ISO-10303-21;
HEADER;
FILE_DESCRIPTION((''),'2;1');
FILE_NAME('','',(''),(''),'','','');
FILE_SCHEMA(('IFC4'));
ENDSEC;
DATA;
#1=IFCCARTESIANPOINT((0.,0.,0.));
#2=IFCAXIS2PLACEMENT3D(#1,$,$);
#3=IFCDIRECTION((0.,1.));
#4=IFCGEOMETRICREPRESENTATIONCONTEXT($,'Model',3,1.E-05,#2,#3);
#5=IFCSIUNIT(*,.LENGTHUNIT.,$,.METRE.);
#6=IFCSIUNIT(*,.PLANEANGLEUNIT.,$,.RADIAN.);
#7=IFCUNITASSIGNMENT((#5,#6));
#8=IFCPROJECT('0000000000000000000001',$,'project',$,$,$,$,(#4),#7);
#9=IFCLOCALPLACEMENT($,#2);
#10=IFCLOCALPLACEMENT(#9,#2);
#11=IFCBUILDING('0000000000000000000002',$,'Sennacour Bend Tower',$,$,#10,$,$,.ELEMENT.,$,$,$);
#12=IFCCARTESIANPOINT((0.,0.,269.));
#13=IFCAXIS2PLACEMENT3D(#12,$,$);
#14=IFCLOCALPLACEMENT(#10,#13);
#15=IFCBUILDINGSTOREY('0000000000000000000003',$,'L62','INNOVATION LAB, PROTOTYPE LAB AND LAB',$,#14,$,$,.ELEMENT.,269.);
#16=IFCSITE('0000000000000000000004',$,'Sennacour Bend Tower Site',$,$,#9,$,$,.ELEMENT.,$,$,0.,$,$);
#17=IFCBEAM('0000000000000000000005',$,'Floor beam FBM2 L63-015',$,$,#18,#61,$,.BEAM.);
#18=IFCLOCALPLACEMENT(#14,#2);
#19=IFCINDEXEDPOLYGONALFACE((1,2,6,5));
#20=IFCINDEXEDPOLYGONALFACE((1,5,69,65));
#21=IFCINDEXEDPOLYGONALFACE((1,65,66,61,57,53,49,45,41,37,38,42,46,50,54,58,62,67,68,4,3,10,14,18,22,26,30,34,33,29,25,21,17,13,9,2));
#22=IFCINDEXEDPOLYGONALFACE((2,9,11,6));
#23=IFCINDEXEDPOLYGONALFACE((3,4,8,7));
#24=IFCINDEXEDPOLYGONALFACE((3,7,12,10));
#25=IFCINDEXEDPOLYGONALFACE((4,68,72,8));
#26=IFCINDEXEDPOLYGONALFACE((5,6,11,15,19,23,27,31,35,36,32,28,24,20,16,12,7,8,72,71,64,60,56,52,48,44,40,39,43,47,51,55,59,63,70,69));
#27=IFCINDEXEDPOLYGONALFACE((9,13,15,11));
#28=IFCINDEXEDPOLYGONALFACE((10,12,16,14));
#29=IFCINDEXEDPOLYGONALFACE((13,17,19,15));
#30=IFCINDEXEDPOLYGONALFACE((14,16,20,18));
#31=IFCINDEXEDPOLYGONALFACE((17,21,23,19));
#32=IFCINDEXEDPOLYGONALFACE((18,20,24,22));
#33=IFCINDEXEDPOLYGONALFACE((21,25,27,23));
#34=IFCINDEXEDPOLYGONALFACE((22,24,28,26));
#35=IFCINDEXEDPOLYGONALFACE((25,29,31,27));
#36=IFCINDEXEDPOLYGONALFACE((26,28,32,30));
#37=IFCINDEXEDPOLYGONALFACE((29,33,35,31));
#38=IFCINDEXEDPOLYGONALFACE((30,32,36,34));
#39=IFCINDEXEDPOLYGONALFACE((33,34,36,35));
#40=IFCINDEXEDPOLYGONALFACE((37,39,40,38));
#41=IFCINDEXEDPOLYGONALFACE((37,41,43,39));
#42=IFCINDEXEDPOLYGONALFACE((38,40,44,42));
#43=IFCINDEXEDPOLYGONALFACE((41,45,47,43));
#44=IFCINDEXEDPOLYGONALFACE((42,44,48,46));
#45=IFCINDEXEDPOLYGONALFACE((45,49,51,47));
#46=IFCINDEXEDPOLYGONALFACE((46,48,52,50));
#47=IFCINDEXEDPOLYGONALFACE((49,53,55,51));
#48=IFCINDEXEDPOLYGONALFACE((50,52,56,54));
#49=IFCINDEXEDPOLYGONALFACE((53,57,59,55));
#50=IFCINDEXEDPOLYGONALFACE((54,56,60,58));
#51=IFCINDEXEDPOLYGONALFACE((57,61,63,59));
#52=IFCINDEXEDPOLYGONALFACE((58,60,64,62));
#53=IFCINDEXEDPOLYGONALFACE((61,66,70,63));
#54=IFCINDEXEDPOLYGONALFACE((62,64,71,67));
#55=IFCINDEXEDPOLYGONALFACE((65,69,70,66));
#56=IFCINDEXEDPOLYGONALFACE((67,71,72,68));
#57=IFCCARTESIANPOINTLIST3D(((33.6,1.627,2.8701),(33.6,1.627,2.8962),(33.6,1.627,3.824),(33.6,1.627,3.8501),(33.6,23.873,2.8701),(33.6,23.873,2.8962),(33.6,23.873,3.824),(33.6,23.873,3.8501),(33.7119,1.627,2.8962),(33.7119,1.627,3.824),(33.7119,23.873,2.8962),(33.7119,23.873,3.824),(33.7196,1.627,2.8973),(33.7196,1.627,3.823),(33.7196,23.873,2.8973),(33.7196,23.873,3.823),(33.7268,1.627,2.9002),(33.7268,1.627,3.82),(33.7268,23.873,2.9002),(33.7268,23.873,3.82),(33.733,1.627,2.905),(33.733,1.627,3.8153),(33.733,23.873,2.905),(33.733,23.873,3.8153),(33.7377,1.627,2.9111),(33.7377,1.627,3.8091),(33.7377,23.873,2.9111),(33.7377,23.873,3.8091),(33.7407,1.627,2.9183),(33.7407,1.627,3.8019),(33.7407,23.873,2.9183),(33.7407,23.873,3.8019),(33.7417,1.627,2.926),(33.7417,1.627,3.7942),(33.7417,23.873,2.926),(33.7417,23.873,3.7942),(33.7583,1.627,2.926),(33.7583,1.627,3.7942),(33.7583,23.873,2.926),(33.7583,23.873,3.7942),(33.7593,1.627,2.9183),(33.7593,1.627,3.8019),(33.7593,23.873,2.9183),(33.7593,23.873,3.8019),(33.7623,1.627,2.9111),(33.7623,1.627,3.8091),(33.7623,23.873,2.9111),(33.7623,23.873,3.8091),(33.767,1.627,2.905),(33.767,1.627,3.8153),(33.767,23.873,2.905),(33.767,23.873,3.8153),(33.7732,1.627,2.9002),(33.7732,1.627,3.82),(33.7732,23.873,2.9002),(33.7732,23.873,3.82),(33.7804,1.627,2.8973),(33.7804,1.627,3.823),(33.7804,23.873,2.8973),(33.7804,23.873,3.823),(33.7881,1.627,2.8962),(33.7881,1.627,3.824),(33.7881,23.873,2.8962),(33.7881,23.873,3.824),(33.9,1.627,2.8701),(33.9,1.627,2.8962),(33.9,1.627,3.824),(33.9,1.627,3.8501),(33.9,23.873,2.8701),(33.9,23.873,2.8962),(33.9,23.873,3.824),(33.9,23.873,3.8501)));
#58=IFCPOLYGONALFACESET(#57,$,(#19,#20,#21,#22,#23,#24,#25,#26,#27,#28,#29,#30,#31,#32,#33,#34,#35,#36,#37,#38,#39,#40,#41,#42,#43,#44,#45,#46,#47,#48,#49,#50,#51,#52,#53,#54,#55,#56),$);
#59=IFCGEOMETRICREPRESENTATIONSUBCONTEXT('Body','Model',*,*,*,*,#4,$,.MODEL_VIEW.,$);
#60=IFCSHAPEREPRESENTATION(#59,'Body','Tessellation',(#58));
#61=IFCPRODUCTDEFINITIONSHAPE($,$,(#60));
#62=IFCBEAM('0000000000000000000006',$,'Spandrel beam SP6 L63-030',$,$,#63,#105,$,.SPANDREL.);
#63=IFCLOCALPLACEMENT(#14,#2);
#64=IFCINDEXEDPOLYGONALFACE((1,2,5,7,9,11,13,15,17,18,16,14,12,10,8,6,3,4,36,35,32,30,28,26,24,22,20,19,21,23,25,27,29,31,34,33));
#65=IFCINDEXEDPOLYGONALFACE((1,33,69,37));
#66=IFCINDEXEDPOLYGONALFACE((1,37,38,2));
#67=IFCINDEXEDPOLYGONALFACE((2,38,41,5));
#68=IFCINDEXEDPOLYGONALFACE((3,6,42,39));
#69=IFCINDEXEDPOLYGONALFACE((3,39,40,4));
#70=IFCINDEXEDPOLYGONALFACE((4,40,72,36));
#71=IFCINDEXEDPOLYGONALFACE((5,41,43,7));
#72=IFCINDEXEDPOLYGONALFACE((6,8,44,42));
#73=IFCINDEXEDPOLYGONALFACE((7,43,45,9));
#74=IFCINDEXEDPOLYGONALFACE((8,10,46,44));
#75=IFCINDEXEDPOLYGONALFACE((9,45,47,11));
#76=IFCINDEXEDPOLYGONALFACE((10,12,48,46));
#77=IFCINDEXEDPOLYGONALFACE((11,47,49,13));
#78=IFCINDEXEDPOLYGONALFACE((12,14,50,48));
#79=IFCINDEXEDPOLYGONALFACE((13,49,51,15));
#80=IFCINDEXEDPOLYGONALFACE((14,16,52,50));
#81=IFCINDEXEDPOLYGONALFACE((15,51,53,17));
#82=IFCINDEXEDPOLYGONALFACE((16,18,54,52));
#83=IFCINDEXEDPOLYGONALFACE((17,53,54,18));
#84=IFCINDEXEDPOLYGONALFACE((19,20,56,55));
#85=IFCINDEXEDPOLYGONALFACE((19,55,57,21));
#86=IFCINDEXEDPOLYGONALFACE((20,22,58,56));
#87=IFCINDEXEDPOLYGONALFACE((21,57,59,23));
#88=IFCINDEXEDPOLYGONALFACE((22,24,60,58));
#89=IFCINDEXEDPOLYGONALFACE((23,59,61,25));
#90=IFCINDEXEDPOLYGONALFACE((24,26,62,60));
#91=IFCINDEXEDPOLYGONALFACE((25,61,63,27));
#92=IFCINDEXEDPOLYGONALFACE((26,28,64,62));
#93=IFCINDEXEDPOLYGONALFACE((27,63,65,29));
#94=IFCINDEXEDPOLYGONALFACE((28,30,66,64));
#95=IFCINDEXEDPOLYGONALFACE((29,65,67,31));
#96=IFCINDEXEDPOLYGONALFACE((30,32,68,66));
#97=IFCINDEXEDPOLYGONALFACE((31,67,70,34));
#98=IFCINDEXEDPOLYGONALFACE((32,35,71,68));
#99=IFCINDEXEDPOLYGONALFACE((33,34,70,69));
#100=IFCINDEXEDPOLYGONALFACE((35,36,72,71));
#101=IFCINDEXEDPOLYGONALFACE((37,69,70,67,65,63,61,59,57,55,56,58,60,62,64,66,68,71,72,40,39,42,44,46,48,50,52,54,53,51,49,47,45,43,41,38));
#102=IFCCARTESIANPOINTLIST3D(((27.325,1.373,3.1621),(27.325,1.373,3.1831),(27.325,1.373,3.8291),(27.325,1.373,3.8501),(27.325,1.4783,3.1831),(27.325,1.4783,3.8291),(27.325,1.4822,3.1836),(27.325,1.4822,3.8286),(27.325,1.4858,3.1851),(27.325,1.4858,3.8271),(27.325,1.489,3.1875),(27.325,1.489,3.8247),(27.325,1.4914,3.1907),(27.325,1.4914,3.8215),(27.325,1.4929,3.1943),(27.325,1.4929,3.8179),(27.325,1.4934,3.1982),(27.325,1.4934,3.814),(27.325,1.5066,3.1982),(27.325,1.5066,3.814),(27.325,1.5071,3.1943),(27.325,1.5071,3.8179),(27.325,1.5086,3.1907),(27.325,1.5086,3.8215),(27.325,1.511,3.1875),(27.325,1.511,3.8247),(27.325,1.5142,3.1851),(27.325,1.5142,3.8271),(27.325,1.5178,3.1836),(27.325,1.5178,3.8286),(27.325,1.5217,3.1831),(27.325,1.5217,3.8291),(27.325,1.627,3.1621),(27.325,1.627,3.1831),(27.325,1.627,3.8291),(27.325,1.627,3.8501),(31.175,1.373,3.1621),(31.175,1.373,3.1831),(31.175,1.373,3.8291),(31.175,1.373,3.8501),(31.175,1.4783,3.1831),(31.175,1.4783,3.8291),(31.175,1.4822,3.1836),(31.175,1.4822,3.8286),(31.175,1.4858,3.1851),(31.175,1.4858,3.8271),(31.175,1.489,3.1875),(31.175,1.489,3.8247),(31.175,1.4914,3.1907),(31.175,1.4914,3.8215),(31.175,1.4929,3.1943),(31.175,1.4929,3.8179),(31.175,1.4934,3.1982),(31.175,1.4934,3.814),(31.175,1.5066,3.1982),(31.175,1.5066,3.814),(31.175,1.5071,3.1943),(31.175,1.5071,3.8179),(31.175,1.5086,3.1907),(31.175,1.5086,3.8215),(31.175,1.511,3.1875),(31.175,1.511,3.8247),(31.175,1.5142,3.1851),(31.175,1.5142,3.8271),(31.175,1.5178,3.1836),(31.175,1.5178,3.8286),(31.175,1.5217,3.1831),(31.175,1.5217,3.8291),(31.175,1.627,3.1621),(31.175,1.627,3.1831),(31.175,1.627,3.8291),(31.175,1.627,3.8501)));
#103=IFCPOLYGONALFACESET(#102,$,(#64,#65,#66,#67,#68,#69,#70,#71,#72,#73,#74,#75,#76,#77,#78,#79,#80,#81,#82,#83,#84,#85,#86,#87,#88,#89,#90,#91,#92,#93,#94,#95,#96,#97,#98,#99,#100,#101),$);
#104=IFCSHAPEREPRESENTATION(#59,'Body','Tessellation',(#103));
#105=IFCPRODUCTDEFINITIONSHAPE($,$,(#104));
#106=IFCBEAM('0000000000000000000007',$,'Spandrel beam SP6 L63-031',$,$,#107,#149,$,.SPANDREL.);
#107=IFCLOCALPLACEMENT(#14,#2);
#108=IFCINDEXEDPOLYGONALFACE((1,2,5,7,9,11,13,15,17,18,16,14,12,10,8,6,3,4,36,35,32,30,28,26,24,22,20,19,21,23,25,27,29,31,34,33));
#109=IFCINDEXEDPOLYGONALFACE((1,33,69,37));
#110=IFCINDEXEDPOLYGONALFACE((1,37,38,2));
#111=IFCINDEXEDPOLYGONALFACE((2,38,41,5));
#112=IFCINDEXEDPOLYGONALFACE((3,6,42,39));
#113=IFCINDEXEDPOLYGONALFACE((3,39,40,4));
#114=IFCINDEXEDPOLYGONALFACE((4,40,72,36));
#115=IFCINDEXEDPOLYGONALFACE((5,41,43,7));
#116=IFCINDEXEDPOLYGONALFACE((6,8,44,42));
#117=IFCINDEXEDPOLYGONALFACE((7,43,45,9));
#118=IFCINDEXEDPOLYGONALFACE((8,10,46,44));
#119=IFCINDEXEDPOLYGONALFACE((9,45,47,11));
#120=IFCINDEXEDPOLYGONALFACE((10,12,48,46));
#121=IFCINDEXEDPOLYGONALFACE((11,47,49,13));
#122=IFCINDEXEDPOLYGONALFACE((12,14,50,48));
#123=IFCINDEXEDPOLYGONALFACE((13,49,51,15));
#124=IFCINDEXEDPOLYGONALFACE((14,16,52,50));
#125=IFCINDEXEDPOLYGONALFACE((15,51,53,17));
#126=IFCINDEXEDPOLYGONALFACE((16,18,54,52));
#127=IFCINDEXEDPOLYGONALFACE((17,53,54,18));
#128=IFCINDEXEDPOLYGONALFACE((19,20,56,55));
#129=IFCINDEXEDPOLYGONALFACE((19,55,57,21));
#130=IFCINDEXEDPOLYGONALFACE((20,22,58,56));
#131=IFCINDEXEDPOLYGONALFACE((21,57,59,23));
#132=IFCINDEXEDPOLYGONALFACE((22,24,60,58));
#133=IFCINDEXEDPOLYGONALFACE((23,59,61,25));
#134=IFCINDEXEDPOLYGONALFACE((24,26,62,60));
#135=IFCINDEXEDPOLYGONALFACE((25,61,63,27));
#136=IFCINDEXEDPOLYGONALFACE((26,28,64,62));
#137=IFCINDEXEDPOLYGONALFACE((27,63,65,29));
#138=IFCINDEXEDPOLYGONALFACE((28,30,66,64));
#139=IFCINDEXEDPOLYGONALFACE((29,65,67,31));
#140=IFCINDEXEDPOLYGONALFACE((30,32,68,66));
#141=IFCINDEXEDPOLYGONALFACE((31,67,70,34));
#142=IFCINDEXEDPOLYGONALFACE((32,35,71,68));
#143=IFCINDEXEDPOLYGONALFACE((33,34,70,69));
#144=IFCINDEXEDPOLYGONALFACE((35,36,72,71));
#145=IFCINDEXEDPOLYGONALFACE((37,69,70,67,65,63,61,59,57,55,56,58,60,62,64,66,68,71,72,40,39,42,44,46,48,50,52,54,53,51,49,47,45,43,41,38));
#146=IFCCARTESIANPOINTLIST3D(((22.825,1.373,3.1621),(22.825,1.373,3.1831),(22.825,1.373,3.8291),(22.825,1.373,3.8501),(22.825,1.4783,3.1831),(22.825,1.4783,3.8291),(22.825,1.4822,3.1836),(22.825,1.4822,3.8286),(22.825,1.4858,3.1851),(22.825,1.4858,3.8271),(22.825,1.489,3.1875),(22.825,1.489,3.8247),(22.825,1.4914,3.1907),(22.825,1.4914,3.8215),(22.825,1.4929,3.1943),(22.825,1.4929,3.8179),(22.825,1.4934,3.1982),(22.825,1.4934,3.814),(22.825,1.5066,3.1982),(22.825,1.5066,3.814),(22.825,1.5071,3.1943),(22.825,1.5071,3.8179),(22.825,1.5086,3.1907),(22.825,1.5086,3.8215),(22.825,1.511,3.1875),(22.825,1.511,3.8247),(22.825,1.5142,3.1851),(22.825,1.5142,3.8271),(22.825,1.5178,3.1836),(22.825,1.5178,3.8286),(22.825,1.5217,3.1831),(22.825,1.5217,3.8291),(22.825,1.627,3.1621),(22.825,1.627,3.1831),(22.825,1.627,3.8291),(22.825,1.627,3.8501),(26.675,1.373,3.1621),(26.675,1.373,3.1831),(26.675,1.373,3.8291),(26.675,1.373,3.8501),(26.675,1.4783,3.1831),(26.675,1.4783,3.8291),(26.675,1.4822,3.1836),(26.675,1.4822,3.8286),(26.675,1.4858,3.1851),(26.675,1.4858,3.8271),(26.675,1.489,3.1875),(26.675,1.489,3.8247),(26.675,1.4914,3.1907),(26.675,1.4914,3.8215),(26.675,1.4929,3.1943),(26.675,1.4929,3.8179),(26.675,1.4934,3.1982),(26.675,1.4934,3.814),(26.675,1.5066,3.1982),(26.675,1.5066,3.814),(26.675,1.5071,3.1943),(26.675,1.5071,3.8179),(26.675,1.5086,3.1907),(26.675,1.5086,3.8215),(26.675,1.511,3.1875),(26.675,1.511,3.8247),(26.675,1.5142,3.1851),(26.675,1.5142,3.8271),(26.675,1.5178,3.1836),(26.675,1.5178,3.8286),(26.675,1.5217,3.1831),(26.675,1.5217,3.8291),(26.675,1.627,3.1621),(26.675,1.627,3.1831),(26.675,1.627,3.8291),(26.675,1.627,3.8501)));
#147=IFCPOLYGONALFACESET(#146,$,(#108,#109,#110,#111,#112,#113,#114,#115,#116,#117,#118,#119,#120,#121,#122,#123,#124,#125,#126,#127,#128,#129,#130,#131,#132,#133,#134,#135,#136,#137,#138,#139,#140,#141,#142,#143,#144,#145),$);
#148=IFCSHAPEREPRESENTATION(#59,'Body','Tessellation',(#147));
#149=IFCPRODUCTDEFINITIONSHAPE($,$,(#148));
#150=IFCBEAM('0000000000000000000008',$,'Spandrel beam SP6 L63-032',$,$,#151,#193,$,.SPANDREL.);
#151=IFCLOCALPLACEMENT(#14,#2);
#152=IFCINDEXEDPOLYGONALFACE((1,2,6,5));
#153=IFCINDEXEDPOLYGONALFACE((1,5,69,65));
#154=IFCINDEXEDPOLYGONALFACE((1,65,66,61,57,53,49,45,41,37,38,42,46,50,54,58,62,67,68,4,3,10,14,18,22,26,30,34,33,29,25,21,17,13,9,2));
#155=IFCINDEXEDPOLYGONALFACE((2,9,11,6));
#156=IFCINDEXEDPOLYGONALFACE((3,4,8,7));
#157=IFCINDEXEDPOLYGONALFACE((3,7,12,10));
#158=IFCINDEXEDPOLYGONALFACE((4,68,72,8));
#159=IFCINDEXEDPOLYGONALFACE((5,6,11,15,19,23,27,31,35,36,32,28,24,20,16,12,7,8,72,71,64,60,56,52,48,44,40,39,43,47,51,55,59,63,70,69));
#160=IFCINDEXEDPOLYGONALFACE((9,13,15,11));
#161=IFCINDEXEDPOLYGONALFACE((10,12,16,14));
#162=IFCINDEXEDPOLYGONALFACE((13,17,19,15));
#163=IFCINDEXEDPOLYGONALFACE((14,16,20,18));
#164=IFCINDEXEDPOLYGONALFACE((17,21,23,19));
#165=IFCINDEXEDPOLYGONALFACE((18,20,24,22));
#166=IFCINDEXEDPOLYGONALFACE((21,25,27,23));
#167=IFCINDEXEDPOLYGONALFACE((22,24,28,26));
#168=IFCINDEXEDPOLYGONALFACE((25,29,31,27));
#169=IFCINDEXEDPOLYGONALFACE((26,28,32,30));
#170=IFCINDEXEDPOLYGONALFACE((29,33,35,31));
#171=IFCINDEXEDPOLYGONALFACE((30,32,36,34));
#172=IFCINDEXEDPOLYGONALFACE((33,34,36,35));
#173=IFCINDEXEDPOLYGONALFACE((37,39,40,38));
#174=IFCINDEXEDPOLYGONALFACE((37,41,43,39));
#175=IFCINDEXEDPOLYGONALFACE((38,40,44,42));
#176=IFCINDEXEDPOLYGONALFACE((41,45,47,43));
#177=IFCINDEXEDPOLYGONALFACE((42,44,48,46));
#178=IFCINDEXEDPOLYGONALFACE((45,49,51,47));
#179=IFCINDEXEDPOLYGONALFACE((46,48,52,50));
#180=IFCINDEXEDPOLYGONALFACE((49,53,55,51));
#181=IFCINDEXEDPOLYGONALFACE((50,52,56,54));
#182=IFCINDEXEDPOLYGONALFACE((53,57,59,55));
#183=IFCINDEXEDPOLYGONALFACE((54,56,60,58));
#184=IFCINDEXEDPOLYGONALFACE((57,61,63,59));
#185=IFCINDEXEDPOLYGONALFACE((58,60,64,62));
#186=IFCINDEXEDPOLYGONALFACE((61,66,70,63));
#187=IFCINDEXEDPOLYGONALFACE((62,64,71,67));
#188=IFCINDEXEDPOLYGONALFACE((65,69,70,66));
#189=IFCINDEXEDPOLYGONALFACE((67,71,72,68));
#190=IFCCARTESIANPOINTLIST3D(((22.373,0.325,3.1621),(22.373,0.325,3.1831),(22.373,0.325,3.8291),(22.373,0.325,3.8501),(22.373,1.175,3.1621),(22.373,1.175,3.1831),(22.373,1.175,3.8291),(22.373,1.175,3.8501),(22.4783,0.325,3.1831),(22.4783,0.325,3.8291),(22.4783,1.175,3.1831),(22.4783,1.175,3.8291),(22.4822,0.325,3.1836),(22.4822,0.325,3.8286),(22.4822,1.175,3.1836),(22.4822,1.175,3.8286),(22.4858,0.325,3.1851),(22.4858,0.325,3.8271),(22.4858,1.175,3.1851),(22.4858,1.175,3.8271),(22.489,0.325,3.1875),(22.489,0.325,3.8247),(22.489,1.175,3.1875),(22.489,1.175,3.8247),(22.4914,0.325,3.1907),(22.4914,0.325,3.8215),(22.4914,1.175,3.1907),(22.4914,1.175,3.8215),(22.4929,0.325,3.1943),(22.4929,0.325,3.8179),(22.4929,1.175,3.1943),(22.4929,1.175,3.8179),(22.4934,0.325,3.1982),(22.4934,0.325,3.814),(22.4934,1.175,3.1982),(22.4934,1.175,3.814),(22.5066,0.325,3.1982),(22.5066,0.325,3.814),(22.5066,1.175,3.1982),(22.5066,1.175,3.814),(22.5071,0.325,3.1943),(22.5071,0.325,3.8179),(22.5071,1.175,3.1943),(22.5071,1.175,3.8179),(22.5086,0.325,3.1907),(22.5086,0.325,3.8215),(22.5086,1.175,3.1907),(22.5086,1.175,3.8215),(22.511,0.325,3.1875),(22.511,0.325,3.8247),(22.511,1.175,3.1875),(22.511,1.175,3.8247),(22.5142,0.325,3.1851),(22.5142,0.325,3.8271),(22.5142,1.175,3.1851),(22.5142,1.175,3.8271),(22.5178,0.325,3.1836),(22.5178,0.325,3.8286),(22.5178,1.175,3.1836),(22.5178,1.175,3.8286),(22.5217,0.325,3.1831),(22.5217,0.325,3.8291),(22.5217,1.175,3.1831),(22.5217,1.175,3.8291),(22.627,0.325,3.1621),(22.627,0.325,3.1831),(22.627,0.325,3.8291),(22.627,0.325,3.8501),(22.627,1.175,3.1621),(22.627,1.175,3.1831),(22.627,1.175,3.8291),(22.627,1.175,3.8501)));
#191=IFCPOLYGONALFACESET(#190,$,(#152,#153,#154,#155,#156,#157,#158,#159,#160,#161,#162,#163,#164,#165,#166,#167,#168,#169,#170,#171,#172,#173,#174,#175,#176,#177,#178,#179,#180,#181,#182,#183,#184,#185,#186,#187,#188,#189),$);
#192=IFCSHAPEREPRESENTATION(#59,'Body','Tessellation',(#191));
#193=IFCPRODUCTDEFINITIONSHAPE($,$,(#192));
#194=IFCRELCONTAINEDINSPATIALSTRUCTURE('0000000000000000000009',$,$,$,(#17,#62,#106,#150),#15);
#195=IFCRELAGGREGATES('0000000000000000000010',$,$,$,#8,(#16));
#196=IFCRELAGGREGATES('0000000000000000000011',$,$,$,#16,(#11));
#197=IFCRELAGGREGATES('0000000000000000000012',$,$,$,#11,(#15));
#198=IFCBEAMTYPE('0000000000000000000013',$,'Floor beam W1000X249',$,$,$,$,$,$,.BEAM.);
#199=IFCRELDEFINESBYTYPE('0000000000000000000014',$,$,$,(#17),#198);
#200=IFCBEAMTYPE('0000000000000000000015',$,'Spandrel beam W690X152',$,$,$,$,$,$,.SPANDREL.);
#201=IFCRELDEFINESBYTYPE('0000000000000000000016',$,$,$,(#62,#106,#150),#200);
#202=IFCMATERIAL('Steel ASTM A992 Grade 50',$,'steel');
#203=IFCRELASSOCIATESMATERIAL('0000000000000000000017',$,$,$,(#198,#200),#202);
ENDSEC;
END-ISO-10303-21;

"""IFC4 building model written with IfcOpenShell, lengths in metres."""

from ifc_helpers import new_model, si_unit, direction, frame, origin, origin_2d, place, context, subcontext, project, spatial, i_section, extrude, material, material_profile, profile_set, type_object, element, save


model = new_model("IFC4")

# Units and contexts
model_context = context("Model", 3, precision=1e-05, world=origin(), true_north=direction((0.0, 1.0)))
body_context = subcontext(model_context, "Body", "Model", "MODEL_VIEW")
ifc_project = project(units=[si_unit("LENGTHUNIT", "METRE"), si_unit("PLANEANGLEUNIT", "RADIAN")], contexts=[model_context])

# Site, building, storey
site_placement = place(None, origin())
site = spatial("IfcSite", under=ifc_project, at=site_placement, Name="Sennacour Bend Tower Site", CompositionType="ELEMENT", RefElevation=0.0)
building_placement = place(site_placement, origin())
building = spatial("IfcBuilding", under=site, at=building_placement, Name="Sennacour Bend Tower", CompositionType="ELEMENT")
storey_placement = place(building_placement, frame((0.0, 0.0, 269.0)))
storey = spatial("IfcBuildingStorey", under=building, at=storey_placement, Name="L62", Description="INNOVATION LAB, PROTOTYPE LAB AND LAB", CompositionType="ELEMENT", Elevation=269.0)

# Beams
ifc_material_1 = material(Name="Steel ASTM A992 Grade 50", Category="steel")
ifc_material_profile_1 = material_profile(ifc_material_1, i_section(OverallWidth=0.3, OverallDepth=0.98, WebThickness=0.0166, FlangeThickness=0.0261, FilletRadius=0.0298, at=origin_2d()), Name="Steel ASTM A992 Grade 50", Category="steel")
ifc_profile_set_1 = profile_set([ifc_material_profile_1], Name="Steel ASTM A992 Grade 50")
beam_type_1 = type_object("IfcBeamType", Name="Floor beam W1000X249", PredefinedType="BEAM", material=ifc_profile_set_1)
for number, where, z_axis, x_axis, name in (
    (1, (33.75, 1.627, 3.3601), (0.0, 1.0, 0.0), (-1.0, 0.0, 0.0), "Floor beam FBM2 L63-015"),
):
    element("IfcBeam", number, at=place(storey_placement, frame(where, z_axis=z_axis, x_axis=x_axis)), inside=storey, type_object=beam_type_1, Name=name, PredefinedType="BEAM", context=body_context, shape_type="SweptSolid", body=[
        extrude(i_section(OverallWidth=0.3, OverallDepth=0.98, WebThickness=0.0166, FlangeThickness=0.0261, FilletRadius=0.0298, at=origin_2d()), origin(), (0.0, 0.0, 1.0), 22.2461),
    ])
ifc_material_profile_2 = material_profile(ifc_material_1, i_section(OverallWidth=0.2539, OverallDepth=0.688, WebThickness=0.0132, FlangeThickness=0.021, FilletRadius=0.0151, at=origin_2d()), Name="Steel ASTM A992 Grade 50", Category="steel")
ifc_profile_set_2 = profile_set([ifc_material_profile_2], Name="Steel ASTM A992 Grade 50")
beam_type_2 = type_object("IfcBeamType", Name="Spandrel beam W690X152", PredefinedType="SPANDREL", material=ifc_profile_set_2)
for number, where, z_axis, x_axis, name in (
    (2, (31.175, 1.5, 3.5061), (-1.0, 0.0, 0.0), (0.0, -1.0, 0.0), "Spandrel beam SP6 L63-030"),
    (3, (26.675, 1.5, 3.5061), (-1.0, 0.0, 0.0), (0.0, -1.0, 0.0), "Spandrel beam SP6 L63-031"),
):
    element("IfcBeam", number, at=place(storey_placement, frame(where, z_axis=z_axis, x_axis=x_axis)), inside=storey, type_object=beam_type_2, Name=name, PredefinedType="SPANDREL", context=body_context, shape_type="SweptSolid", body=[
        extrude(i_section(OverallWidth=0.2539, OverallDepth=0.688, WebThickness=0.0132, FlangeThickness=0.021, FilletRadius=0.0151, at=origin_2d()), origin(), (0.0, 0.0, 1.0), 3.8501),
    ])
beam_1_placement = place(storey_placement, frame((22.5, 1.175, 3.5061), z_axis=(0.0, -1.0, 0.0), x_axis=(1.0, 0.0, 0.0)))
element("IfcBeam", 4, at=beam_1_placement, inside=storey, type_object=beam_type_2, Name="Spandrel beam SP6 L63-032", PredefinedType="SPANDREL", context=body_context, shape_type="SweptSolid", body=[
    extrude(i_section(OverallWidth=0.2539, OverallDepth=0.688, WebThickness=0.0132, FlangeThickness=0.021, FilletRadius=0.0151, at=origin_2d()), origin(), (0.0, 0.0, 1.0), 0.8501),
])

save(model, "model.ifc")
